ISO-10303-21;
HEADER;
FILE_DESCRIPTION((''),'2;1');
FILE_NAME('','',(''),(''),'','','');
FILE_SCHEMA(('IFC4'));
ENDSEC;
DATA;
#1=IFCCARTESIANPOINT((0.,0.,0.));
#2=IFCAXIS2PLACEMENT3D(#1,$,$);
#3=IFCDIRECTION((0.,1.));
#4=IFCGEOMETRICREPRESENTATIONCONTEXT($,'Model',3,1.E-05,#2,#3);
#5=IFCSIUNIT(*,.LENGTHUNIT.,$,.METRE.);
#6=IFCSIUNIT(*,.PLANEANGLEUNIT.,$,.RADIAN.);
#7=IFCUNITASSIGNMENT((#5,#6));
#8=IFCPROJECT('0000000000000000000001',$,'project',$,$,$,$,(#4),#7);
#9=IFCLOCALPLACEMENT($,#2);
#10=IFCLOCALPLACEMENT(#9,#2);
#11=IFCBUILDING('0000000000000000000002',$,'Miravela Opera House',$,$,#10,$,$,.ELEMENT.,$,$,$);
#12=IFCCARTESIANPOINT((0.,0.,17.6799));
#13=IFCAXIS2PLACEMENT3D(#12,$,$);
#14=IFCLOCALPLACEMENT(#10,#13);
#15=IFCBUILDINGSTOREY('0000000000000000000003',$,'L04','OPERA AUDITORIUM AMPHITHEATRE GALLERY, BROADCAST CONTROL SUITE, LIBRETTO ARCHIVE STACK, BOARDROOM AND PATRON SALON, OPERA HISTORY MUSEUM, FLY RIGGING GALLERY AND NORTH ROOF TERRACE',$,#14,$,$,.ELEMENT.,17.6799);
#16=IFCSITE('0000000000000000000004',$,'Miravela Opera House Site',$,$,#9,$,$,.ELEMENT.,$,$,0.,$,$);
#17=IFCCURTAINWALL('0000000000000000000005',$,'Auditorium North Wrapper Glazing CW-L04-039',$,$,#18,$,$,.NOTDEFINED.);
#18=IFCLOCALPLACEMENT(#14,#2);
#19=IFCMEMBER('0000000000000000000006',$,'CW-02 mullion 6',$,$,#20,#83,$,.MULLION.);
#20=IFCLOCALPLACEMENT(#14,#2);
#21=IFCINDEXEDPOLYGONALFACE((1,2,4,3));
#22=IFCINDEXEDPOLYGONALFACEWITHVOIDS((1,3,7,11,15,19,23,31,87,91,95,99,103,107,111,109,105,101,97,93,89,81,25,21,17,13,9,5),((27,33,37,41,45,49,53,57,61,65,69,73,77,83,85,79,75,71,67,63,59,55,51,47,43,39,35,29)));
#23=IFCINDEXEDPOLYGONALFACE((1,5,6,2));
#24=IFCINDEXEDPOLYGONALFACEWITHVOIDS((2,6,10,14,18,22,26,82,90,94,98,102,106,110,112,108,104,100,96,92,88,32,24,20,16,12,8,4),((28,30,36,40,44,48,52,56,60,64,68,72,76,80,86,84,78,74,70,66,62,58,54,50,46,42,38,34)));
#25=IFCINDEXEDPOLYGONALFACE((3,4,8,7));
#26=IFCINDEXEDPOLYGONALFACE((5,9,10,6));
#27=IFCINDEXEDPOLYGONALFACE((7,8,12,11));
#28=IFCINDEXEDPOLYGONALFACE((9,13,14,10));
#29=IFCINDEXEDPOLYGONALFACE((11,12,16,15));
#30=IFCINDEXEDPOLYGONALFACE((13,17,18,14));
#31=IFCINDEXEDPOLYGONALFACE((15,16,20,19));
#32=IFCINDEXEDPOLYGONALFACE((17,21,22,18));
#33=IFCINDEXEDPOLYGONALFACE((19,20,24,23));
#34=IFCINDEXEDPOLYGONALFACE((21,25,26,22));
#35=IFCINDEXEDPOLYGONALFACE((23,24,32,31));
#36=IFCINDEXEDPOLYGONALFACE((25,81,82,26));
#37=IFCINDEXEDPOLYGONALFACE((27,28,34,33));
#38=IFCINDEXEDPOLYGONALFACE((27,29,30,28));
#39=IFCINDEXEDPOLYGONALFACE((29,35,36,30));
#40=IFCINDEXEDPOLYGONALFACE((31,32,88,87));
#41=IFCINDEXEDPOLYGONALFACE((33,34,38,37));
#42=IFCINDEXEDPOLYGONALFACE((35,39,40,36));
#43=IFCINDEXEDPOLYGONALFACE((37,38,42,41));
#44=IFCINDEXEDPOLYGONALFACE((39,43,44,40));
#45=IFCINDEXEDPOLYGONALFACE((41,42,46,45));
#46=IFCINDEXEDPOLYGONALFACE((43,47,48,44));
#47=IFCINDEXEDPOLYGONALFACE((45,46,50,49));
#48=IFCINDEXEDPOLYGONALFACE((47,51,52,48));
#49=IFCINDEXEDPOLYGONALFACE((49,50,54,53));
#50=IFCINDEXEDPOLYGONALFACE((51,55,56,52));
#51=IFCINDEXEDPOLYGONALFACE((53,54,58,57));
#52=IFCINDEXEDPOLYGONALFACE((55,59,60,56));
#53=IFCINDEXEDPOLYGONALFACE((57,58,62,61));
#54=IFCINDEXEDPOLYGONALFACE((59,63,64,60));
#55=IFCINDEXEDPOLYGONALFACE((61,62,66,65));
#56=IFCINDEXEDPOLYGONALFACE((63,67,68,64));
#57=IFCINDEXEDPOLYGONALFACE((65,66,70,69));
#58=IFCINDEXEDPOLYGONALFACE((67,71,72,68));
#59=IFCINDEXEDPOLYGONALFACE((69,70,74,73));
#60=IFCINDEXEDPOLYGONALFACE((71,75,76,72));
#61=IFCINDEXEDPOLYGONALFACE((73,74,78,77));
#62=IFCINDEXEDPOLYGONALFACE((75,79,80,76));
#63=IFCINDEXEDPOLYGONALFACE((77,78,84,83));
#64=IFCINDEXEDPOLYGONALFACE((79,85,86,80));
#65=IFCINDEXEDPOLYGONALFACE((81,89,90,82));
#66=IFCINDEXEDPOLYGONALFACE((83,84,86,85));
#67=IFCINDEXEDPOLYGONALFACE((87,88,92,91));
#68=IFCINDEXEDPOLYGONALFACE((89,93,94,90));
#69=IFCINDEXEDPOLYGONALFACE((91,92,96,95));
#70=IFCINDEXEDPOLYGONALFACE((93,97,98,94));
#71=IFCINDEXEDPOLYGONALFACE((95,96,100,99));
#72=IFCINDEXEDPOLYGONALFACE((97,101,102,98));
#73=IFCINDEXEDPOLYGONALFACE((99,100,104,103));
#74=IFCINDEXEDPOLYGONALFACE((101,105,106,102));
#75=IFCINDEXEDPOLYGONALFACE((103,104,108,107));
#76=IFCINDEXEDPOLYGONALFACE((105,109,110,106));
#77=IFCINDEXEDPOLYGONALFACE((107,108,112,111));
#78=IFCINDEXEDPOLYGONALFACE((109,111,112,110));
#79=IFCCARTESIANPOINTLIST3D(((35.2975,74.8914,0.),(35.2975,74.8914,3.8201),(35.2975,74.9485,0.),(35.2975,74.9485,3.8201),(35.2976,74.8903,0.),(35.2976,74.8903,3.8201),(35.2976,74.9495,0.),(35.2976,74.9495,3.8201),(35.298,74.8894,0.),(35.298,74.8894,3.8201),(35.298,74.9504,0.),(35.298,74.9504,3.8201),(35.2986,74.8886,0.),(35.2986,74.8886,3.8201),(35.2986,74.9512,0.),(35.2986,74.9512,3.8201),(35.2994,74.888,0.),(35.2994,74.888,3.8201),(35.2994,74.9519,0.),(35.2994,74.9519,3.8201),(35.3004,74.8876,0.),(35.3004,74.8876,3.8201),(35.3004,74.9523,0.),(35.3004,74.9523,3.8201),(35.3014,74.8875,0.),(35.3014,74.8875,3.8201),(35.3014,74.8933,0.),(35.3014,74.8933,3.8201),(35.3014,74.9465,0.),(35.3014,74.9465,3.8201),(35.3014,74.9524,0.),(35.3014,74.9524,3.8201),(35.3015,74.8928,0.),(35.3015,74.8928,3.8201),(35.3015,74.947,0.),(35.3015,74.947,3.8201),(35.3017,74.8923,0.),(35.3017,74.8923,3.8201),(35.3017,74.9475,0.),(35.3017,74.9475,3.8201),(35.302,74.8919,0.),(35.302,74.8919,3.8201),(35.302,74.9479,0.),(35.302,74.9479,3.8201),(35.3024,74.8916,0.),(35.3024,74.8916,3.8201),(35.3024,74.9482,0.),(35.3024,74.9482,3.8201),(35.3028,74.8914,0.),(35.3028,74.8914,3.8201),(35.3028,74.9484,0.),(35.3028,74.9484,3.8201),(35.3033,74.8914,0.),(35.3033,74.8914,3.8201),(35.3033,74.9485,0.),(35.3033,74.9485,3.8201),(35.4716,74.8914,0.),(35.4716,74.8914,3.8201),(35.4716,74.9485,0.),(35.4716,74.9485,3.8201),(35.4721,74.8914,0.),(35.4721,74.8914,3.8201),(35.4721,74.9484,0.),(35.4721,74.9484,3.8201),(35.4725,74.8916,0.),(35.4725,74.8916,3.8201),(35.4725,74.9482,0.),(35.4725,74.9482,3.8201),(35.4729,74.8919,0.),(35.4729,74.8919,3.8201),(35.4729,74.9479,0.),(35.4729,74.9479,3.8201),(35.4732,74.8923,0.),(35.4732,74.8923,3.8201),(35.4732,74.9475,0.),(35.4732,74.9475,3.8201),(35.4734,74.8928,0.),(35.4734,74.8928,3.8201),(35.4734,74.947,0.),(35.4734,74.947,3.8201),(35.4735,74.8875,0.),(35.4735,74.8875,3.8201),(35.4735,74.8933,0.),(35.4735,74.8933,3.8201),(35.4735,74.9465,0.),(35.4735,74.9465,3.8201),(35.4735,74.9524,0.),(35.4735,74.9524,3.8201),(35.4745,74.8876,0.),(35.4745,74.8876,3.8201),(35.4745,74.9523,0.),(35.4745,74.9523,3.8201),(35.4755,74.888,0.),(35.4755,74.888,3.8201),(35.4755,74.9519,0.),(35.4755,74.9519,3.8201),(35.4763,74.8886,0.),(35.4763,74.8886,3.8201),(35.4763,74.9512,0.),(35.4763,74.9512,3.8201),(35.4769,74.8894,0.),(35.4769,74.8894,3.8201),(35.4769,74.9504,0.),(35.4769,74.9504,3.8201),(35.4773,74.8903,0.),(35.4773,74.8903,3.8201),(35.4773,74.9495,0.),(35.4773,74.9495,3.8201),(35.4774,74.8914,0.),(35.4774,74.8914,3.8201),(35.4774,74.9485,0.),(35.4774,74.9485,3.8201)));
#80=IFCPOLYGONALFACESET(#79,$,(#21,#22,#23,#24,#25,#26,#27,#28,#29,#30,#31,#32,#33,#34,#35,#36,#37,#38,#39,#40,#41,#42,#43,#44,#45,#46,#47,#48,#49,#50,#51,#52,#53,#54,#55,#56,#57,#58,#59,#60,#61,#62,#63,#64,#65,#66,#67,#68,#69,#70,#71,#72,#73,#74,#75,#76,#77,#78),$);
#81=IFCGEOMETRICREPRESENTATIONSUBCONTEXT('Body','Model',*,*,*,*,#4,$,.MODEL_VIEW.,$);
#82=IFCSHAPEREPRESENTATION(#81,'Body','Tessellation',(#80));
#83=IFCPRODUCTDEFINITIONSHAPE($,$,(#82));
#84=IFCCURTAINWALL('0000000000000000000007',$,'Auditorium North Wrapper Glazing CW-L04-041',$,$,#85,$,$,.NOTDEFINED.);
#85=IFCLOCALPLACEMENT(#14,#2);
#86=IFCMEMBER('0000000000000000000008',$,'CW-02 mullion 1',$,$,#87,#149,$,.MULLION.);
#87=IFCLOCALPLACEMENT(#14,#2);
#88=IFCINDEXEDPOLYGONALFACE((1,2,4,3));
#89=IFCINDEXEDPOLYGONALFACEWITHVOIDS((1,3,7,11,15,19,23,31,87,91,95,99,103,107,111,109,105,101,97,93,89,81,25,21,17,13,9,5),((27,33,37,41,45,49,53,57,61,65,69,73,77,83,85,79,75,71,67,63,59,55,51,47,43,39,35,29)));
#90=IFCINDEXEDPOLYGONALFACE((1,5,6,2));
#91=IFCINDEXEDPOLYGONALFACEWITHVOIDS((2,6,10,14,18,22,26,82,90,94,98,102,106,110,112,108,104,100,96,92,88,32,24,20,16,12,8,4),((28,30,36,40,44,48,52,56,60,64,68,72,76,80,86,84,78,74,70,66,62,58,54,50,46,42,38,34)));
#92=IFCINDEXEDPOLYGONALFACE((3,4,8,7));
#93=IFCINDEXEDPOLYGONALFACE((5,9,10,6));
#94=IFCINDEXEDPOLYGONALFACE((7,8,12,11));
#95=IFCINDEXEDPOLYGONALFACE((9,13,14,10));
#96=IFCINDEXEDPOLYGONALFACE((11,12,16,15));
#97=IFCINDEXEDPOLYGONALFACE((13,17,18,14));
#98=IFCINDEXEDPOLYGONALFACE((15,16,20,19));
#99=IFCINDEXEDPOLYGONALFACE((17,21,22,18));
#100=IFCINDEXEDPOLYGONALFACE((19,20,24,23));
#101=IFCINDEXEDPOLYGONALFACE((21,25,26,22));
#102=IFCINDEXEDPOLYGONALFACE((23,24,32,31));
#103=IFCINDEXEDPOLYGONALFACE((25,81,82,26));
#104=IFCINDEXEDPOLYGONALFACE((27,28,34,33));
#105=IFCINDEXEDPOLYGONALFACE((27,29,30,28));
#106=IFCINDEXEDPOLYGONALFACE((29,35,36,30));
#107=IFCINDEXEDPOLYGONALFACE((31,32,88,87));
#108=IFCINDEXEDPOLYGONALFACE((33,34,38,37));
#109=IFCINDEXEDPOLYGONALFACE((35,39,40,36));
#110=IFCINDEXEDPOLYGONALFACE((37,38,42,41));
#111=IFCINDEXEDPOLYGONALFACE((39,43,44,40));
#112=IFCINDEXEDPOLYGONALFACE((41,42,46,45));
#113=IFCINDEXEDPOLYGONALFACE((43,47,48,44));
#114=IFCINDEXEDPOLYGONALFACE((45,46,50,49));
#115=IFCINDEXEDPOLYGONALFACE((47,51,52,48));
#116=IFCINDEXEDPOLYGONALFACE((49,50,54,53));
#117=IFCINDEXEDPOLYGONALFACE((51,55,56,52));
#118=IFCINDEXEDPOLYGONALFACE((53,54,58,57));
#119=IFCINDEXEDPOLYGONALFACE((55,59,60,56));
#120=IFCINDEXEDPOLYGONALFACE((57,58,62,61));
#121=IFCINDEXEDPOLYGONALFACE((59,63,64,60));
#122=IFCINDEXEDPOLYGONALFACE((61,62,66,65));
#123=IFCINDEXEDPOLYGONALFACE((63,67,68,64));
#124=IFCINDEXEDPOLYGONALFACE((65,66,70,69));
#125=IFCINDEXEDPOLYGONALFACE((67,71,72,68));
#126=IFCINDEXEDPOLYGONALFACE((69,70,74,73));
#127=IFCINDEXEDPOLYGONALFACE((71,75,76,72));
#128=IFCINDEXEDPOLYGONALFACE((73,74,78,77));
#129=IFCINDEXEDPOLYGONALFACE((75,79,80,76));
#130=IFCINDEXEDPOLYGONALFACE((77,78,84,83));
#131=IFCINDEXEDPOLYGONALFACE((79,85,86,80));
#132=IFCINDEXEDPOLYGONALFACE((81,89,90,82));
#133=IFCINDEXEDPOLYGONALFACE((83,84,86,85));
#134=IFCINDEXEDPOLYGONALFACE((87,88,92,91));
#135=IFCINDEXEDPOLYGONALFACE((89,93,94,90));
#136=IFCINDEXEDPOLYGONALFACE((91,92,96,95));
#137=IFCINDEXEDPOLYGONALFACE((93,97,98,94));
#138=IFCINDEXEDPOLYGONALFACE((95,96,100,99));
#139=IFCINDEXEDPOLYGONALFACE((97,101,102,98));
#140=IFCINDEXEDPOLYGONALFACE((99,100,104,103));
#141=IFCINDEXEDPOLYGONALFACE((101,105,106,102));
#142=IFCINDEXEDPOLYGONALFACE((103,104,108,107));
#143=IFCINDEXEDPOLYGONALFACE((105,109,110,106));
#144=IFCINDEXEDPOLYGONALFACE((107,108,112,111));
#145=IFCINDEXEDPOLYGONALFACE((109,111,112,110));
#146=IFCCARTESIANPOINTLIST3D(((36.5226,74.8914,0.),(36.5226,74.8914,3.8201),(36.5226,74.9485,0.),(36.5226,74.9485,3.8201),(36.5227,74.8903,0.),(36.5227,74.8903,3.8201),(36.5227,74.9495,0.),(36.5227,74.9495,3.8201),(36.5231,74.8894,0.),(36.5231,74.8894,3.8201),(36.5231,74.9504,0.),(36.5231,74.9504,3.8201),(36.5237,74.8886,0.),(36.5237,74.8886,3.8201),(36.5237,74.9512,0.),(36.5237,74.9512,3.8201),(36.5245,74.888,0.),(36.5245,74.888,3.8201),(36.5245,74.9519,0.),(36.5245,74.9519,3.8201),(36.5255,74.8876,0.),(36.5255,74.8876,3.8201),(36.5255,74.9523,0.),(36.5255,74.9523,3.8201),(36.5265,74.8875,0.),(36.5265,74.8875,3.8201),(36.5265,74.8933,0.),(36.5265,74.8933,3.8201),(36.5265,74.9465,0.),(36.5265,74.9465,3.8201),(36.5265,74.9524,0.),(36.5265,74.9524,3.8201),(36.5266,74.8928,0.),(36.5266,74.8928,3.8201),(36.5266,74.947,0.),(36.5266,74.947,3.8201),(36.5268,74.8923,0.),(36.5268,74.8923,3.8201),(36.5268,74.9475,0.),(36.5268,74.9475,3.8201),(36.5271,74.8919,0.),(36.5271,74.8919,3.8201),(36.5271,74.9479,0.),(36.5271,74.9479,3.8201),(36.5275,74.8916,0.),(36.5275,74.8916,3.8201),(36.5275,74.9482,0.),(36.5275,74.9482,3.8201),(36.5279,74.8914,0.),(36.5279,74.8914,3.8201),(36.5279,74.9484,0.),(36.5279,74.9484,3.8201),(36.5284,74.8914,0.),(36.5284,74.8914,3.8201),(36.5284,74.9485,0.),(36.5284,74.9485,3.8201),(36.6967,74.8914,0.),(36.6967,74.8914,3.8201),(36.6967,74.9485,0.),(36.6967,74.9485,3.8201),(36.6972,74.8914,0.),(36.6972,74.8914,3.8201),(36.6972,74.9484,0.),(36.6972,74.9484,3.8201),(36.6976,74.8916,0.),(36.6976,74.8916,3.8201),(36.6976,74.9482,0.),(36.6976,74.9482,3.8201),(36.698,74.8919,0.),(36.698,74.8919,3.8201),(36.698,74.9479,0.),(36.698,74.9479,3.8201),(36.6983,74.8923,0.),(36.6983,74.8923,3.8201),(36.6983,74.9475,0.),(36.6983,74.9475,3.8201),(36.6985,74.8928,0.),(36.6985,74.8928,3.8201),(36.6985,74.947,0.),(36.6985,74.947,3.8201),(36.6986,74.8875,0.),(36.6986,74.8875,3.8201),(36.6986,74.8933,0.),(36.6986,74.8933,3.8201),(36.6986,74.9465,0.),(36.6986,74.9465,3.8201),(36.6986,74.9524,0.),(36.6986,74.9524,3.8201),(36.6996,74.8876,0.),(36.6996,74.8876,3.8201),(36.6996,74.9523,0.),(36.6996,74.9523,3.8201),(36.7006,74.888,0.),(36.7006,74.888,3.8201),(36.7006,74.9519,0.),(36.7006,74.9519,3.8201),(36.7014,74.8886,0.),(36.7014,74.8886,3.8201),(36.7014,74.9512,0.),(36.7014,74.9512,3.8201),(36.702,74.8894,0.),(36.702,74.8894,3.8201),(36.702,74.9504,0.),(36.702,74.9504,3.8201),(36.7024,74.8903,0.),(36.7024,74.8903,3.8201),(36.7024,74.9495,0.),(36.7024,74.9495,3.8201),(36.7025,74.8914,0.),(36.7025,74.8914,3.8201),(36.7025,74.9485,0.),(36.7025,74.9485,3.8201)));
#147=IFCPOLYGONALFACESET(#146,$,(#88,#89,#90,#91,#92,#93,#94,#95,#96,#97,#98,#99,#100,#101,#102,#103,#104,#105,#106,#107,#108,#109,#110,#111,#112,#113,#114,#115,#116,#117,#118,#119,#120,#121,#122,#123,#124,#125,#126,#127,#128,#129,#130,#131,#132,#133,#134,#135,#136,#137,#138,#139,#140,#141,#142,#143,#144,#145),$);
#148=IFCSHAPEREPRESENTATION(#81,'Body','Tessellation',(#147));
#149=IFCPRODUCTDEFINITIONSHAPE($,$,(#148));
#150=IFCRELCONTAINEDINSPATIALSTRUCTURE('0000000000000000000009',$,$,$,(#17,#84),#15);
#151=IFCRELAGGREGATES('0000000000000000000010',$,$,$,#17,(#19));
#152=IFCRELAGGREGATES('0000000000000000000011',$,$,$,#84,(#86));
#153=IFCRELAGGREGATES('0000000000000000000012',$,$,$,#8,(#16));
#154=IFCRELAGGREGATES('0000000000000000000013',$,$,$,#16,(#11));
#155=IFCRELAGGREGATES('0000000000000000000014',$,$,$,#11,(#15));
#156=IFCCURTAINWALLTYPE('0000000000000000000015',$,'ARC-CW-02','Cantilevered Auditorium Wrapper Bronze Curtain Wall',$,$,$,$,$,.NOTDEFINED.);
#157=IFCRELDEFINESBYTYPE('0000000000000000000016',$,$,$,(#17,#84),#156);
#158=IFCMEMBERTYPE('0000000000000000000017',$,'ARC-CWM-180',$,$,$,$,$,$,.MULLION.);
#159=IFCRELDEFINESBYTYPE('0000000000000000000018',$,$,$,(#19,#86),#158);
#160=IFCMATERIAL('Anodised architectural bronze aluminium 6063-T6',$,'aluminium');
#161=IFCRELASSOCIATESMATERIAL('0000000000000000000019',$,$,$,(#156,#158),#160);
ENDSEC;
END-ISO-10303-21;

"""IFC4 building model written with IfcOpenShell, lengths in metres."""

from ifc_helpers import new_model, si_unit, direction, frame, origin, origin_2d, place, context, subcontext, project, spatial, hollow_rectangle, extrude, material, material_profile, profile_set, type_object, element, aggregate, save


model = new_model("IFC4")

# Units and contexts
model_context = context("Model", 3, precision=1e-05, world=origin(), true_north=direction((0.0, 1.0)))
body_context = subcontext(model_context, "Body", "Model", "MODEL_VIEW")
ifc_project = project(units=[si_unit("LENGTHUNIT", "METRE"), si_unit("PLANEANGLEUNIT", "RADIAN")], contexts=[model_context])

# Site, building, storey
site_placement = place(None, origin())
site = spatial("IfcSite", under=ifc_project, at=site_placement, Name="Miravela Opera House Site", CompositionType="ELEMENT", RefElevation=0.0)
building_placement = place(site_placement, origin())
building = spatial("IfcBuilding", under=site, at=building_placement, Name="Miravela Opera House", CompositionType="ELEMENT")
storey_placement = place(building_placement, frame((0.0, 0.0, 17.6799)))
storey = spatial("IfcBuildingStorey", under=building, at=storey_placement, Name="L04", Description="OPERA AUDITORIUM AMPHITHEATRE GALLERY, BROADCAST CONTROL SUITE, LIBRETTO ARCHIVE STACK, BOARDROOM AND PATRON SALON, OPERA HISTORY MUSEUM, FLY RIGGING GALLERY AND NORTH ROOF TERRACE", CompositionType="ELEMENT", Elevation=17.6799)

# Curtain wall, member
ifc_material_1 = material(Name="Anodised architectural bronze aluminium 6063-T6", Category="aluminium")
curtain_wall_type = type_object("IfcCurtainWallType", Name="ARC-CW-02", Description="Cantilevered Auditorium Wrapper Bronze Curtain Wall", PredefinedType="NOTDEFINED", material=ifc_material_1)
curtain_wall_1_placement = place(storey_placement, origin())
curtain_wall_1 = element("IfcCurtainWall", 1, at=curtain_wall_1_placement, inside=storey, type_object=curtain_wall_type, Name="Auditorium North Wrapper Glazing CW-L04-039", PredefinedType="NOTDEFINED")
ifc_material_profile_1 = material_profile(ifc_material_1, hollow_rectangle(XDim=0.0649, YDim=0.1799, WallThickness=0.0039, InnerFilletRadius=0.002, OuterFilletRadius=0.0039, at=origin_2d()), Name="CWM-65X180")
ifc_profile_set_1 = profile_set([ifc_material_profile_1])
member_type_1 = type_object("IfcMemberType", Name="ARC-CWM-180", PredefinedType="MULLION", material=ifc_profile_set_1)
member_1_placement = place(storey_placement, frame((35.3875, 74.9199, 0.0), z_axis=(0.0, 0.0, 1.0), x_axis=(0.0, 1.0, 0.0)))
member_1 = element("IfcMember", 2, at=member_1_placement, type_object=member_type_1, Name="CW-02 mullion 6", PredefinedType="MULLION", context=body_context, shape_type="SweptSolid", body=[
    extrude(hollow_rectangle(XDim=0.0649, YDim=0.1799, WallThickness=0.0039, InnerFilletRadius=0.002, OuterFilletRadius=0.0039, at=origin_2d()), origin(), (0.0, 0.0, 1.0), 3.8201),
])

# Curtain wall, member
curtain_wall_2_placement = place(storey_placement, origin())
curtain_wall_2 = element("IfcCurtainWall", 3, at=curtain_wall_2_placement, inside=storey, type_object=curtain_wall_type, Name="Auditorium North Wrapper Glazing CW-L04-041", PredefinedType="NOTDEFINED")
member_2_placement = place(storey_placement, frame((36.6125, 74.9199, 0.0), z_axis=(0.0, 0.0, 1.0), x_axis=(0.0, 1.0, 0.0)))
member_2 = element("IfcMember", 4, at=member_2_placement, type_object=member_type_1, Name="CW-02 mullion 1", PredefinedType="MULLION", context=body_context, shape_type="SweptSolid", body=[
    extrude(hollow_rectangle(XDim=0.0649, YDim=0.1799, WallThickness=0.0039, InnerFilletRadius=0.002, OuterFilletRadius=0.0039, at=origin_2d()), origin(), (0.0, 0.0, 1.0), 3.8201),
])

aggregate(curtain_wall_1, [member_1])
aggregate(curtain_wall_2, [member_2])

save(model, "model.ifc")
